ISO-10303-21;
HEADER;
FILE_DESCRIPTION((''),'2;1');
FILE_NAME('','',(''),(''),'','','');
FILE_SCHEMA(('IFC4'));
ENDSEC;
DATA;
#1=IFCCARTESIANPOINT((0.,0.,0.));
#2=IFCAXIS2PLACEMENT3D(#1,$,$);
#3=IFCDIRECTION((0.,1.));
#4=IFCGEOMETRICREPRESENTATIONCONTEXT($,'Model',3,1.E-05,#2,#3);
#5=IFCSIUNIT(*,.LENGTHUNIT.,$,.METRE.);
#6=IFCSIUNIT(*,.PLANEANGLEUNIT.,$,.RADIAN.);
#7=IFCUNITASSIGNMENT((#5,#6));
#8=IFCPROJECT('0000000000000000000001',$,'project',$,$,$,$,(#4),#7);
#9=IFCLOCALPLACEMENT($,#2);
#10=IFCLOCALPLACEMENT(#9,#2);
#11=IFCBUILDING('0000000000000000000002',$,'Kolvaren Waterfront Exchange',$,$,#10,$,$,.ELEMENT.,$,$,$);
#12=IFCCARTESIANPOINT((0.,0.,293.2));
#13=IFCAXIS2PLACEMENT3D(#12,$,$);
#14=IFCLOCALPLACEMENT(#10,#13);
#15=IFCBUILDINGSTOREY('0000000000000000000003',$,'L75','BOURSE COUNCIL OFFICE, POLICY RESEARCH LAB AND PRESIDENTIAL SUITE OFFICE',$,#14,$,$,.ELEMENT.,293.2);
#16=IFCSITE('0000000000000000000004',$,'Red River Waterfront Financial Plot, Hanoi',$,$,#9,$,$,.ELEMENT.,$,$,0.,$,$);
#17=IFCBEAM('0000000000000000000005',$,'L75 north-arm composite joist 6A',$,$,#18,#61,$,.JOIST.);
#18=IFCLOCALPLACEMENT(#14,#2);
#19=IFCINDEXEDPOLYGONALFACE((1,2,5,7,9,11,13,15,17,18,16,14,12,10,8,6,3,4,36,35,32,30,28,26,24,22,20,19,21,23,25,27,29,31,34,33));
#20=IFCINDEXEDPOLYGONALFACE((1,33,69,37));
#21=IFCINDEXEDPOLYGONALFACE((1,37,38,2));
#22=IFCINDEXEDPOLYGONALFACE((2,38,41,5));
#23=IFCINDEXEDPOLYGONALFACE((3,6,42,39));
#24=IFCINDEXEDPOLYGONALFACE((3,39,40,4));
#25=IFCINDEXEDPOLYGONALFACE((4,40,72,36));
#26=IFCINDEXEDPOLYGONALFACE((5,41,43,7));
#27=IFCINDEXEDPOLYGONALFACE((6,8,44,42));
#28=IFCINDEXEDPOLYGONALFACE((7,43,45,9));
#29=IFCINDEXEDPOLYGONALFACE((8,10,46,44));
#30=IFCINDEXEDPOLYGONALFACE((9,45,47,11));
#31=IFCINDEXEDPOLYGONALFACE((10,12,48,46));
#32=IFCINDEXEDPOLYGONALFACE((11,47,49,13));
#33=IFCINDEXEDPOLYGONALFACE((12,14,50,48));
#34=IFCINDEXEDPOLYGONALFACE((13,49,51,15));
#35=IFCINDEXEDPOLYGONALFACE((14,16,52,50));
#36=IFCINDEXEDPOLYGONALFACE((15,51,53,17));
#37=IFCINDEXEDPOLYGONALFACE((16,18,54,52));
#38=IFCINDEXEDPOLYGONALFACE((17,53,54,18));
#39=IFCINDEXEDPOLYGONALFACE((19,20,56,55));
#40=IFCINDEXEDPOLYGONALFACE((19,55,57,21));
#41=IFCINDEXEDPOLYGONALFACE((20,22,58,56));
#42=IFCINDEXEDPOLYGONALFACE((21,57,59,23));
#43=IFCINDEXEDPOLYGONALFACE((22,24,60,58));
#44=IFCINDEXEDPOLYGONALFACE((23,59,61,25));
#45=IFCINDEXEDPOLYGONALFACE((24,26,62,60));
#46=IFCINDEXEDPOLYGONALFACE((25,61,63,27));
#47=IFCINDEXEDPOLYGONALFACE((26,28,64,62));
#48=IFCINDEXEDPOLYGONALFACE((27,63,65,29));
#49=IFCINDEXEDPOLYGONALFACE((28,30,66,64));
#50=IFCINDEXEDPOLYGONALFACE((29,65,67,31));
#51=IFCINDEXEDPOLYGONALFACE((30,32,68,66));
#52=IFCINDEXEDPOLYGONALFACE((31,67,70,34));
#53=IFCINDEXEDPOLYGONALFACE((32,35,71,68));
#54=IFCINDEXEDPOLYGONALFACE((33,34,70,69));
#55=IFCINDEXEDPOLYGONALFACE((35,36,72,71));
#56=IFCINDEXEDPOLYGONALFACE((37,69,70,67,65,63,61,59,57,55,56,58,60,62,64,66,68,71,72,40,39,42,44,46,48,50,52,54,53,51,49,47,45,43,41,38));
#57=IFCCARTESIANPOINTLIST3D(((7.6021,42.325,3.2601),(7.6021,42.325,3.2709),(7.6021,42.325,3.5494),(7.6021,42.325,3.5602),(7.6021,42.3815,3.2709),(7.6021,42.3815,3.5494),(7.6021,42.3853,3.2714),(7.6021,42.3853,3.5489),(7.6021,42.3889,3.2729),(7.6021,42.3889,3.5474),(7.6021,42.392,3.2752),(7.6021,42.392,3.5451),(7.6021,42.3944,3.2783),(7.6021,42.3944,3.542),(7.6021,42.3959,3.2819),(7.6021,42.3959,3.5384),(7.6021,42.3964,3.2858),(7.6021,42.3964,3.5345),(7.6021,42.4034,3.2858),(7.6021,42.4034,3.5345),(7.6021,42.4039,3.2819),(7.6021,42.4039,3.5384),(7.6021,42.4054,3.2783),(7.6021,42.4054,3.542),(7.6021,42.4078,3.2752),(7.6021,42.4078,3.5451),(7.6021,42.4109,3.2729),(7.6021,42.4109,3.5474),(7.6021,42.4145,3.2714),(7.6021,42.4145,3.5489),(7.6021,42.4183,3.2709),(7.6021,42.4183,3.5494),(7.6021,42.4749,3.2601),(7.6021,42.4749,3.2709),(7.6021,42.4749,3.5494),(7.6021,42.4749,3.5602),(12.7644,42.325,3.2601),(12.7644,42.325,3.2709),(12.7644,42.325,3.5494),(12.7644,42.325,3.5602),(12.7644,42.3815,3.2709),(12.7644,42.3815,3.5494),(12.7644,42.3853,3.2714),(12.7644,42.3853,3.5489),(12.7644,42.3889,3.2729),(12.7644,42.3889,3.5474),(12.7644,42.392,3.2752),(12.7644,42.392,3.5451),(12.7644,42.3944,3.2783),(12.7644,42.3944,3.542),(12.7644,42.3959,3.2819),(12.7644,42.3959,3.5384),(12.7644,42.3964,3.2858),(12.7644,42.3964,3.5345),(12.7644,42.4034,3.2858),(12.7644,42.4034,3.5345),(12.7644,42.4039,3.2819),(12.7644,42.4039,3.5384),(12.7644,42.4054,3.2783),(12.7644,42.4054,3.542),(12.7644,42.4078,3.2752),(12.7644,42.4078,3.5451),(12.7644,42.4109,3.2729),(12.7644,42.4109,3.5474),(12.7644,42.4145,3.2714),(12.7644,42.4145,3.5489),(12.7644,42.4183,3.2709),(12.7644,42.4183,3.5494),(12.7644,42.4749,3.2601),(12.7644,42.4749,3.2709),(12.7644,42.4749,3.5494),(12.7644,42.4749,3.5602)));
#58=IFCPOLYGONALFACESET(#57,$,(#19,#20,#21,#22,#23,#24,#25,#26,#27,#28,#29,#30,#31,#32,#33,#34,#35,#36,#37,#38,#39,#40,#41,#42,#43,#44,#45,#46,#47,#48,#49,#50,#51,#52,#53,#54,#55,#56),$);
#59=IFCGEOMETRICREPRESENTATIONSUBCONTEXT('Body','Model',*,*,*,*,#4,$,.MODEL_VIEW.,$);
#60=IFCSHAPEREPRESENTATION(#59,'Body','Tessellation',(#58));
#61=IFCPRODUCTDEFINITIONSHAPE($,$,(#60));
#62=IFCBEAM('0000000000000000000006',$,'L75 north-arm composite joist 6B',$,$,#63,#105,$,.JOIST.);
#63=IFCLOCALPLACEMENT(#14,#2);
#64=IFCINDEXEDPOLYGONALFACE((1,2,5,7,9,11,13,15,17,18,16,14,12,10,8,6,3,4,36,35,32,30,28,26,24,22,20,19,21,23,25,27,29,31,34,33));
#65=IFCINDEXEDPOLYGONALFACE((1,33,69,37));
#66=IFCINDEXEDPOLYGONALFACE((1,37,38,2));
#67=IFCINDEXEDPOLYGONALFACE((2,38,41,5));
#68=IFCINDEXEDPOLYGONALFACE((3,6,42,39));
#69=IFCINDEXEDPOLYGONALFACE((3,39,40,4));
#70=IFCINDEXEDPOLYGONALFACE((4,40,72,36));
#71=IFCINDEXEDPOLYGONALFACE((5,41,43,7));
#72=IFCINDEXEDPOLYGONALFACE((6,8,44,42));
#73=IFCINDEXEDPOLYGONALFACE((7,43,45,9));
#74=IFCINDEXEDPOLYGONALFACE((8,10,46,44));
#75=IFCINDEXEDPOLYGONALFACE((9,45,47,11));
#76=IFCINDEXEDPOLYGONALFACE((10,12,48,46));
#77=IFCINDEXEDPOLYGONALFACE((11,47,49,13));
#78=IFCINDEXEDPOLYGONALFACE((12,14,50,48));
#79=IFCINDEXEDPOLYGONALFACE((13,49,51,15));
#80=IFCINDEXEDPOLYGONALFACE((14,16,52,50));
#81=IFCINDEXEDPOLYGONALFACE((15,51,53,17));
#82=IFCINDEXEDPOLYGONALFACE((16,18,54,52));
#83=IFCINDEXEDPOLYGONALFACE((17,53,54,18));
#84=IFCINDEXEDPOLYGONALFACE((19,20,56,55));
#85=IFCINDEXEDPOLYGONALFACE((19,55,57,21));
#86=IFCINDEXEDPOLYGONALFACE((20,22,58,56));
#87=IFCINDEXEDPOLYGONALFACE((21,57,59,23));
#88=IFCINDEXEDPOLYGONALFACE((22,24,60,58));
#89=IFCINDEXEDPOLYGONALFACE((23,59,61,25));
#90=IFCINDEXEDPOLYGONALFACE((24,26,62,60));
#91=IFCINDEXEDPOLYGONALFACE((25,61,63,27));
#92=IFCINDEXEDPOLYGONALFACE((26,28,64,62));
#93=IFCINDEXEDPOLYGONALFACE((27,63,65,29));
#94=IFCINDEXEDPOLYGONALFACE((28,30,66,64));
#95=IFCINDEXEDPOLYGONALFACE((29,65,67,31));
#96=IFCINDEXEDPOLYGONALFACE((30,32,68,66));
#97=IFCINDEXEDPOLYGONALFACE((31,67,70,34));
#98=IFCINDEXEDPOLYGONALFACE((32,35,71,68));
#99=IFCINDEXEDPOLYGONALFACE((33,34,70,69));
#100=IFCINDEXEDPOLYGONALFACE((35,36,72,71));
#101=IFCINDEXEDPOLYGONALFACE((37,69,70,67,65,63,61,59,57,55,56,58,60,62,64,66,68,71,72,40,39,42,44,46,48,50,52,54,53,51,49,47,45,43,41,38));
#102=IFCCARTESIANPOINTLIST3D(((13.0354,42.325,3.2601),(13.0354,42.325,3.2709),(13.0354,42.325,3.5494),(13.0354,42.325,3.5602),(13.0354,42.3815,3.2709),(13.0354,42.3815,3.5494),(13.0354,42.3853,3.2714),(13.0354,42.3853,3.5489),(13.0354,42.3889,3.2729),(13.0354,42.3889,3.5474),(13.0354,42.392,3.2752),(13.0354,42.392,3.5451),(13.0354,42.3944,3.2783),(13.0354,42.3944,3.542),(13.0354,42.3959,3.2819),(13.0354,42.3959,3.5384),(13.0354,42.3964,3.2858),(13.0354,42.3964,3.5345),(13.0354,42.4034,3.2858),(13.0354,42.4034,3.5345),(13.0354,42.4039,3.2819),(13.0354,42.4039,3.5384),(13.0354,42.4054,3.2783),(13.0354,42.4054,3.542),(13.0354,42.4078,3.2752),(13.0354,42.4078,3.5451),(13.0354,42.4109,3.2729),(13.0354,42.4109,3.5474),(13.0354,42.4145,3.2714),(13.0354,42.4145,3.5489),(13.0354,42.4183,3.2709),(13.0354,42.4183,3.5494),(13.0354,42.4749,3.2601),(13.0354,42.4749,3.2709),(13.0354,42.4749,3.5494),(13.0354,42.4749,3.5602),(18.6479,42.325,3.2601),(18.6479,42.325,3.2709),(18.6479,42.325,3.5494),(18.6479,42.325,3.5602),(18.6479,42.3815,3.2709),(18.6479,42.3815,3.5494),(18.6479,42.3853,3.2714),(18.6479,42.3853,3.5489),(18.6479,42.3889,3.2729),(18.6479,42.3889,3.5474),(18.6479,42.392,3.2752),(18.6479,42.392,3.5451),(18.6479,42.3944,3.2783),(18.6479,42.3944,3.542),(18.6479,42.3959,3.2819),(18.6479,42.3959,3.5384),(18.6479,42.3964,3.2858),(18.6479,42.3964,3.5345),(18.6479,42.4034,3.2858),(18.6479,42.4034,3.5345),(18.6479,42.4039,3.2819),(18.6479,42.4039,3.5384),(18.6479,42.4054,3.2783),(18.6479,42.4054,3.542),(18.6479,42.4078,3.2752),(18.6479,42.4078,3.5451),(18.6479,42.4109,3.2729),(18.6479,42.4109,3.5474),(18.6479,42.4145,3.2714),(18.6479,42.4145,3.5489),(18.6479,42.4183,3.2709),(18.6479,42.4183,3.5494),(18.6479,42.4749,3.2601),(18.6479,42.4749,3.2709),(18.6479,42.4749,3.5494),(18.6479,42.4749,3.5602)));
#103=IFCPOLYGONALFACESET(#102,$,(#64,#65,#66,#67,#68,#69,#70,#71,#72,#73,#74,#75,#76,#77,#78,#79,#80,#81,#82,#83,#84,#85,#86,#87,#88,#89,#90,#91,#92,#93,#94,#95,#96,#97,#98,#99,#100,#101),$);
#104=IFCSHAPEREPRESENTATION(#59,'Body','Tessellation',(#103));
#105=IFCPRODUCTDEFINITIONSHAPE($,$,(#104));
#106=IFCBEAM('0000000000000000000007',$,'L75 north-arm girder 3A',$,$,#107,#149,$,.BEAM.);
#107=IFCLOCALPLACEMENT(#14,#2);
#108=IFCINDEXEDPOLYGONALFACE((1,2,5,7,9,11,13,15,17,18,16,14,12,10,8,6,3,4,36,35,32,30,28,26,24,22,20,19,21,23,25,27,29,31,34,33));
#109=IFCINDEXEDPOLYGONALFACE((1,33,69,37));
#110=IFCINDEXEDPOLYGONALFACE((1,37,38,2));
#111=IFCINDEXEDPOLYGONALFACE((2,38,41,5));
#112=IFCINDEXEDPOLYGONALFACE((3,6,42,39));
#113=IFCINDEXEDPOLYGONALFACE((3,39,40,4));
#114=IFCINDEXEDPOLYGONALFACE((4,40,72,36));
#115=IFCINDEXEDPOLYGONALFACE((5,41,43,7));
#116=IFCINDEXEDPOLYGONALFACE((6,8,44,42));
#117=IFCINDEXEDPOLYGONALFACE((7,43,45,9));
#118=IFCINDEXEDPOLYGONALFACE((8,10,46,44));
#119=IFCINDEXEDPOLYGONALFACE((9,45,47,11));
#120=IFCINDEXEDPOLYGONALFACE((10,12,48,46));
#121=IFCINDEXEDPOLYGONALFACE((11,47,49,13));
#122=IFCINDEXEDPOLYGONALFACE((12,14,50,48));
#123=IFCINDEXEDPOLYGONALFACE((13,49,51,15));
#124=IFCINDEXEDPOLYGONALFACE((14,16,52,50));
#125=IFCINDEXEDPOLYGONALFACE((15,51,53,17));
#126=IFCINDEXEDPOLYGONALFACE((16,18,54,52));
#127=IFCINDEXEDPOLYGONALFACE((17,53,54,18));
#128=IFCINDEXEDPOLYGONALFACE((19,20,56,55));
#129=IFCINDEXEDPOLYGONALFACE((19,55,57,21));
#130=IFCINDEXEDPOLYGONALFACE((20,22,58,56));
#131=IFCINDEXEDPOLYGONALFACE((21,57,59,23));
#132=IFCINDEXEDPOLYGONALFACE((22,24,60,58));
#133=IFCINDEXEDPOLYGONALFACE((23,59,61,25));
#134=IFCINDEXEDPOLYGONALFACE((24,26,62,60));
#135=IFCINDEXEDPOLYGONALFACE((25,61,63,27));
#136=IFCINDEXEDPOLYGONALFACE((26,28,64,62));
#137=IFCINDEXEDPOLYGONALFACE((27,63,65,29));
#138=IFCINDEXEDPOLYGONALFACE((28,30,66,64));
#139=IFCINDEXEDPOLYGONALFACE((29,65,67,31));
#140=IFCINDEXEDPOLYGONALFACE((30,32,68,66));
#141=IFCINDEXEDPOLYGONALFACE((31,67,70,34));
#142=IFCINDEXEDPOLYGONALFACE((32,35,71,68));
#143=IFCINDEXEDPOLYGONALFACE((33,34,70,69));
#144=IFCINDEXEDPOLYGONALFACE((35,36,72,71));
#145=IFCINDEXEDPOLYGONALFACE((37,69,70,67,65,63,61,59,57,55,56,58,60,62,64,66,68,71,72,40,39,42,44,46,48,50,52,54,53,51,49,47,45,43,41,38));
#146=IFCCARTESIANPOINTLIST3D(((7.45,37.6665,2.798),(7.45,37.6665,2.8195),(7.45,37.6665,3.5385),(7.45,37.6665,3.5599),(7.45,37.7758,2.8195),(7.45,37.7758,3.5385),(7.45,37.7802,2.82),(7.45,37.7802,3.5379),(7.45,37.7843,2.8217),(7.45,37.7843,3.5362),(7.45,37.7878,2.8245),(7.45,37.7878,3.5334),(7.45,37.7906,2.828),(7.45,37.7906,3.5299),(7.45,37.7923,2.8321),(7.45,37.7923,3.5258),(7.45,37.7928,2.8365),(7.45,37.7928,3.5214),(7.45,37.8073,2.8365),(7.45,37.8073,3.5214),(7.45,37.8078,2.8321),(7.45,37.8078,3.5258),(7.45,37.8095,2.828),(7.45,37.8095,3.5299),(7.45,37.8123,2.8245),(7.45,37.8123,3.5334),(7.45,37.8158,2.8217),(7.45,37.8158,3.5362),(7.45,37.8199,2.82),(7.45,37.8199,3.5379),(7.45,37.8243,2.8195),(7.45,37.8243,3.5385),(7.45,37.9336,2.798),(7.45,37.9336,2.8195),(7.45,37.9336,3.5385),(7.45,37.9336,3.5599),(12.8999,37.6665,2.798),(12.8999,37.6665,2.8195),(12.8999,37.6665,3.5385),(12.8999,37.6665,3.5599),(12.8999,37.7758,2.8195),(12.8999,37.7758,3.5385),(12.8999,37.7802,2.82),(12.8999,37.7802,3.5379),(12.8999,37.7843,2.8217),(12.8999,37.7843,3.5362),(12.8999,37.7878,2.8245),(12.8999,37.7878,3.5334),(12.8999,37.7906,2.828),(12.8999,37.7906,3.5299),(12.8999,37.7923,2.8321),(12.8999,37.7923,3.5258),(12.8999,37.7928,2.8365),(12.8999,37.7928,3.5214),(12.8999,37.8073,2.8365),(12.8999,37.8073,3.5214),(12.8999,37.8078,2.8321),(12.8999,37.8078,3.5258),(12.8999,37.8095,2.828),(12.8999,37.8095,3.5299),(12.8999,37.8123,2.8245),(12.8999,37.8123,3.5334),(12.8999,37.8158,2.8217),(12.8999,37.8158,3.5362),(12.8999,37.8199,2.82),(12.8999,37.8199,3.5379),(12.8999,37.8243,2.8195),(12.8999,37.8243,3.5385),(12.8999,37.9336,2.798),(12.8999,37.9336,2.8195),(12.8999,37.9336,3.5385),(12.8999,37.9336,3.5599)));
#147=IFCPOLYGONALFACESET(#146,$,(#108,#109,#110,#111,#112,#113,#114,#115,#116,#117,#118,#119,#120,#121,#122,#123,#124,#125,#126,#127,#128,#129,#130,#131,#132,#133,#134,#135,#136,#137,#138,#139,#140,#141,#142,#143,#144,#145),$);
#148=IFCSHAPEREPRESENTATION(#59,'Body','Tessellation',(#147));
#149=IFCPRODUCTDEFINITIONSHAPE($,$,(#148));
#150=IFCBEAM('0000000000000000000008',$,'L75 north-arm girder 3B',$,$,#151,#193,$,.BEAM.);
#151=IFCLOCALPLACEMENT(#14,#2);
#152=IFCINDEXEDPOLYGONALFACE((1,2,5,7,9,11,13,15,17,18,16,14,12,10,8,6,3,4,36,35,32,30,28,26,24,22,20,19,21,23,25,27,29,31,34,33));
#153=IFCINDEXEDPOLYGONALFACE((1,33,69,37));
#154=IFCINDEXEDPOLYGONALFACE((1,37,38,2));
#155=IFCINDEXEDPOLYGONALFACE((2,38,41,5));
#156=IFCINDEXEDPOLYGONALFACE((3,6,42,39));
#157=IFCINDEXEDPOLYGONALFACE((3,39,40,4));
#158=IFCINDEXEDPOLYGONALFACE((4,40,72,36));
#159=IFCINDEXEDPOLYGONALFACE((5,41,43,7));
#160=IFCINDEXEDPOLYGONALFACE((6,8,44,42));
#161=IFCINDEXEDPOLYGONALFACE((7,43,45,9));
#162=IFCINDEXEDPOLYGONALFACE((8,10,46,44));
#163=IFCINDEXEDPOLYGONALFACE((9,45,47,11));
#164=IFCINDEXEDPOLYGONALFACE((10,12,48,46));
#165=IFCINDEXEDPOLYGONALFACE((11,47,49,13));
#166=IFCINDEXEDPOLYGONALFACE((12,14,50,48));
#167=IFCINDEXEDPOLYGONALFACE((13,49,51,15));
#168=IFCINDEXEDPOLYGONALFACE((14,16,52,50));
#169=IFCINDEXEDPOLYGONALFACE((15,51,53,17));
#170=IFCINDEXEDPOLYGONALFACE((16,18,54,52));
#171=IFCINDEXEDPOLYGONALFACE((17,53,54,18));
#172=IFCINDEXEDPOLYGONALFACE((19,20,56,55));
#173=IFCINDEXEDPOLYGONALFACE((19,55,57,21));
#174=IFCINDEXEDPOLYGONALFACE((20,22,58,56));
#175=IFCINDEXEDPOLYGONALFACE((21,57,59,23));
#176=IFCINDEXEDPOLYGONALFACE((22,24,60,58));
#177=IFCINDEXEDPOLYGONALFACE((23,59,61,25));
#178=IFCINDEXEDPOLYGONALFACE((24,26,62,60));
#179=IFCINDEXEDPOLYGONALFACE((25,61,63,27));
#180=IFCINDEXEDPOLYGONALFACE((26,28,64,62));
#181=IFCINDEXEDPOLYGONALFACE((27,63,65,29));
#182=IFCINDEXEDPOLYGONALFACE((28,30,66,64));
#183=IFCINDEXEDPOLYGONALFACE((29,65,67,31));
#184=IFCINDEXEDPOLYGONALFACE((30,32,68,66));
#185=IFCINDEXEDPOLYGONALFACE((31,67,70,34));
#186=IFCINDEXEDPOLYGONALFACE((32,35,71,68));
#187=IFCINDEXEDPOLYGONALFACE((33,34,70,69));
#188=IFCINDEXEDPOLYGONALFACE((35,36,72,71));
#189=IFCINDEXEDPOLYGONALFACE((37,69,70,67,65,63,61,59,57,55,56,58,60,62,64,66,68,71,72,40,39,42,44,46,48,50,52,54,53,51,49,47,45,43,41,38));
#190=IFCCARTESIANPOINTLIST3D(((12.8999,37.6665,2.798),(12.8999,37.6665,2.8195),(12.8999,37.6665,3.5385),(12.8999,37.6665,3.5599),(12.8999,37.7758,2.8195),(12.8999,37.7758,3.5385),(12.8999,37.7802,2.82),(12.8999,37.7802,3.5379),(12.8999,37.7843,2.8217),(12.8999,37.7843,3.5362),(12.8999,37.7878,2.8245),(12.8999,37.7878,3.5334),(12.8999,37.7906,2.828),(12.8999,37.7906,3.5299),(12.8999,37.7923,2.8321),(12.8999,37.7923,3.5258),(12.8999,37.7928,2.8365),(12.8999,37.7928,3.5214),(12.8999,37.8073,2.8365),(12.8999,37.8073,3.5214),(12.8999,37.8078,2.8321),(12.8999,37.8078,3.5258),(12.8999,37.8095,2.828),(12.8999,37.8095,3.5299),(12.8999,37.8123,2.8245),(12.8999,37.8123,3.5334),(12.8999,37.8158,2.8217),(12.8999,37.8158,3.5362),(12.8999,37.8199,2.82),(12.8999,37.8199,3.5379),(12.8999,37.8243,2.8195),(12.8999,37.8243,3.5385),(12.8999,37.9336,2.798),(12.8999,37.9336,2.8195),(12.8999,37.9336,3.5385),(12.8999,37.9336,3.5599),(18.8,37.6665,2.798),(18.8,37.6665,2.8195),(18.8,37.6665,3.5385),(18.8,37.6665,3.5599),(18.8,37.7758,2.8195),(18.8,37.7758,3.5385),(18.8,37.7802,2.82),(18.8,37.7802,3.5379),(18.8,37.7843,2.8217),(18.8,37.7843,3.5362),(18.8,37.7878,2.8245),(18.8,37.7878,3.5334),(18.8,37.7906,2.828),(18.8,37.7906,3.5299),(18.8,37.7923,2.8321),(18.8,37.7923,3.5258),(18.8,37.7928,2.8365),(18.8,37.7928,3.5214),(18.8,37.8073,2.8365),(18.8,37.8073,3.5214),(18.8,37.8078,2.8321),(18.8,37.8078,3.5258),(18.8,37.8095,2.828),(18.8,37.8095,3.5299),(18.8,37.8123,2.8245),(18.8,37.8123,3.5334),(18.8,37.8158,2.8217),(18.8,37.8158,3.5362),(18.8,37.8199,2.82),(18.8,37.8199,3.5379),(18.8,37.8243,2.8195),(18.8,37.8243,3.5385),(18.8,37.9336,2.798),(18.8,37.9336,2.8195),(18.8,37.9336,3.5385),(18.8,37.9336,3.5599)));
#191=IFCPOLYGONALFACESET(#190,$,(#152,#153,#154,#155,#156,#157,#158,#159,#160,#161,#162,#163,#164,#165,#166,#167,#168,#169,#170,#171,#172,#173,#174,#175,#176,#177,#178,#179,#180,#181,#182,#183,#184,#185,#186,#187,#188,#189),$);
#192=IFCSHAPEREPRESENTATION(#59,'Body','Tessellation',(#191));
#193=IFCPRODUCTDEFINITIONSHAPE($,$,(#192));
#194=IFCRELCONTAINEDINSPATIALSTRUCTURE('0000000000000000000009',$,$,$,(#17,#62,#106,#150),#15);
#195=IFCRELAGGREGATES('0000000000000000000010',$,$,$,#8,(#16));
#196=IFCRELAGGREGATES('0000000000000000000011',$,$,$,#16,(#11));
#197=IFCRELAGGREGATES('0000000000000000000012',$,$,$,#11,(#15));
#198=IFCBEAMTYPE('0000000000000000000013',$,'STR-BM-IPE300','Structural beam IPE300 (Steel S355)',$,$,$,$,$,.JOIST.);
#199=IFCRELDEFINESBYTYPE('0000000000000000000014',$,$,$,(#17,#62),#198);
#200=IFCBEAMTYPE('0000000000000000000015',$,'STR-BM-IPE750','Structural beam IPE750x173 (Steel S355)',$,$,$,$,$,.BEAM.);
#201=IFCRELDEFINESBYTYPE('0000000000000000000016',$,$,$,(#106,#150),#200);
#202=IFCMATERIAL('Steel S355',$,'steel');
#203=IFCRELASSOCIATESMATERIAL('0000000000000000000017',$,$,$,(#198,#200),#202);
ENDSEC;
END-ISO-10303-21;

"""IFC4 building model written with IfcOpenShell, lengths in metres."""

from ifc_helpers import new_model, si_unit, direction, frame, origin, origin_2d, place, context, subcontext, project, spatial, i_section, extrude, material, material_profile, profile_set, type_object, element, save


model = new_model("IFC4")

# Units and contexts
model_context = context("Model", 3, precision=1e-05, world=origin(), true_north=direction((0.0, 1.0)))
body_context = subcontext(model_context, "Body", "Model", "MODEL_VIEW")
ifc_project = project(units=[si_unit("LENGTHUNIT", "METRE"), si_unit("PLANEANGLEUNIT", "RADIAN")], contexts=[model_context])

# Site, building, storey
site_placement = place(None, origin())
site = spatial("IfcSite", under=ifc_project, at=site_placement, Name="Red River Waterfront Financial Plot, Hanoi", CompositionType="ELEMENT", RefElevation=0.0)
building_placement = place(site_placement, origin())
building = spatial("IfcBuilding", under=site, at=building_placement, Name="Kolvaren Waterfront Exchange", CompositionType="ELEMENT")
storey_placement = place(building_placement, frame((0.0, 0.0, 293.2)))
storey = spatial("IfcBuildingStorey", under=building, at=storey_placement, Name="L75", Description="BOURSE COUNCIL OFFICE, POLICY RESEARCH LAB AND PRESIDENTIAL SUITE OFFICE", CompositionType="ELEMENT", Elevation=293.2)

# Beams
ifc_material_1 = material(Name="Steel S355", Category="steel")
ifc_material_profile_1 = material_profile(ifc_material_1, i_section(OverallWidth=0.1499, OverallDepth=0.3, WebThickness=0.0071, FlangeThickness=0.0107, FilletRadius=0.0149, at=origin_2d()), Name="IPE300")
ifc_profile_set_1 = profile_set([ifc_material_profile_1], Name="Steel S355")
beam_type_1 = type_object("IfcBeamType", Name="STR-BM-IPE300", Description="Structural beam IPE300 (Steel S355)", PredefinedType="JOIST", material=ifc_profile_set_1)
beam_1_placement = place(storey_placement, frame((7.6021, 42.3999, 3.4102), z_axis=(1.0, 0.0, 0.0), x_axis=(0.0, 1.0, 0.0)))
element("IfcBeam", 1, at=beam_1_placement, inside=storey, type_object=beam_type_1, Name="L75 north-arm composite joist 6A", PredefinedType="JOIST", context=body_context, shape_type="SweptSolid", body=[
    extrude(i_section(OverallWidth=0.1499, OverallDepth=0.3, WebThickness=0.0071, FlangeThickness=0.0107, FilletRadius=0.0149, at=origin_2d()), origin(), (0.0, 0.0, 1.0), 5.1624),
])
beam_2_placement = place(storey_placement, frame((13.0354, 42.3999, 3.4102), z_axis=(1.0, 0.0, 0.0), x_axis=(0.0, 1.0, 0.0)))
element("IfcBeam", 2, at=beam_2_placement, inside=storey, type_object=beam_type_1, Name="L75 north-arm composite joist 6B", PredefinedType="JOIST", context=body_context, shape_type="SweptSolid", body=[
    extrude(i_section(OverallWidth=0.1499, OverallDepth=0.3, WebThickness=0.0071, FlangeThickness=0.0107, FilletRadius=0.0149, at=origin_2d()), origin(), (0.0, 0.0, 1.0), 5.6125),
])
ifc_material_profile_2 = material_profile(ifc_material_1, i_section(OverallWidth=0.2671, OverallDepth=0.762, WebThickness=0.0144, FlangeThickness=0.0215, FilletRadius=0.0171, at=origin_2d()), Name="IPE750x173")
ifc_profile_set_2 = profile_set([ifc_material_profile_2], Name="Steel S355")
beam_type_2 = type_object("IfcBeamType", Name="STR-BM-IPE750", Description="Structural beam IPE750x173 (Steel S355)", PredefinedType="BEAM", material=ifc_profile_set_2)
beam_3_placement = place(storey_placement, frame((7.45, 37.8, 3.179), z_axis=(1.0, 0.0, 0.0), x_axis=(0.0, 1.0, 0.0)))
element("IfcBeam", 3, at=beam_3_placement, inside=storey, type_object=beam_type_2, Name="L75 north-arm girder 3A", PredefinedType="BEAM", context=body_context, shape_type="SweptSolid", body=[
    extrude(i_section(OverallWidth=0.2671, OverallDepth=0.762, WebThickness=0.0144, FlangeThickness=0.0215, FilletRadius=0.0171, at=origin_2d()), origin(), (0.0, 0.0, 1.0), 5.45),
])
beam_4_placement = place(storey_placement, frame((12.8999, 37.8, 3.179), z_axis=(1.0, 0.0, 0.0), x_axis=(0.0, 1.0, 0.0)))
element("IfcBeam", 4, at=beam_4_placement, inside=storey, type_object=beam_type_2, Name="L75 north-arm girder 3B", PredefinedType="BEAM", context=body_context, shape_type="SweptSolid", body=[
    extrude(i_section(OverallWidth=0.2671, OverallDepth=0.762, WebThickness=0.0144, FlangeThickness=0.0215, FilletRadius=0.0171, at=origin_2d()), origin(), (0.0, 0.0, 1.0), 5.9001),
])

save(model, "model.ifc")
